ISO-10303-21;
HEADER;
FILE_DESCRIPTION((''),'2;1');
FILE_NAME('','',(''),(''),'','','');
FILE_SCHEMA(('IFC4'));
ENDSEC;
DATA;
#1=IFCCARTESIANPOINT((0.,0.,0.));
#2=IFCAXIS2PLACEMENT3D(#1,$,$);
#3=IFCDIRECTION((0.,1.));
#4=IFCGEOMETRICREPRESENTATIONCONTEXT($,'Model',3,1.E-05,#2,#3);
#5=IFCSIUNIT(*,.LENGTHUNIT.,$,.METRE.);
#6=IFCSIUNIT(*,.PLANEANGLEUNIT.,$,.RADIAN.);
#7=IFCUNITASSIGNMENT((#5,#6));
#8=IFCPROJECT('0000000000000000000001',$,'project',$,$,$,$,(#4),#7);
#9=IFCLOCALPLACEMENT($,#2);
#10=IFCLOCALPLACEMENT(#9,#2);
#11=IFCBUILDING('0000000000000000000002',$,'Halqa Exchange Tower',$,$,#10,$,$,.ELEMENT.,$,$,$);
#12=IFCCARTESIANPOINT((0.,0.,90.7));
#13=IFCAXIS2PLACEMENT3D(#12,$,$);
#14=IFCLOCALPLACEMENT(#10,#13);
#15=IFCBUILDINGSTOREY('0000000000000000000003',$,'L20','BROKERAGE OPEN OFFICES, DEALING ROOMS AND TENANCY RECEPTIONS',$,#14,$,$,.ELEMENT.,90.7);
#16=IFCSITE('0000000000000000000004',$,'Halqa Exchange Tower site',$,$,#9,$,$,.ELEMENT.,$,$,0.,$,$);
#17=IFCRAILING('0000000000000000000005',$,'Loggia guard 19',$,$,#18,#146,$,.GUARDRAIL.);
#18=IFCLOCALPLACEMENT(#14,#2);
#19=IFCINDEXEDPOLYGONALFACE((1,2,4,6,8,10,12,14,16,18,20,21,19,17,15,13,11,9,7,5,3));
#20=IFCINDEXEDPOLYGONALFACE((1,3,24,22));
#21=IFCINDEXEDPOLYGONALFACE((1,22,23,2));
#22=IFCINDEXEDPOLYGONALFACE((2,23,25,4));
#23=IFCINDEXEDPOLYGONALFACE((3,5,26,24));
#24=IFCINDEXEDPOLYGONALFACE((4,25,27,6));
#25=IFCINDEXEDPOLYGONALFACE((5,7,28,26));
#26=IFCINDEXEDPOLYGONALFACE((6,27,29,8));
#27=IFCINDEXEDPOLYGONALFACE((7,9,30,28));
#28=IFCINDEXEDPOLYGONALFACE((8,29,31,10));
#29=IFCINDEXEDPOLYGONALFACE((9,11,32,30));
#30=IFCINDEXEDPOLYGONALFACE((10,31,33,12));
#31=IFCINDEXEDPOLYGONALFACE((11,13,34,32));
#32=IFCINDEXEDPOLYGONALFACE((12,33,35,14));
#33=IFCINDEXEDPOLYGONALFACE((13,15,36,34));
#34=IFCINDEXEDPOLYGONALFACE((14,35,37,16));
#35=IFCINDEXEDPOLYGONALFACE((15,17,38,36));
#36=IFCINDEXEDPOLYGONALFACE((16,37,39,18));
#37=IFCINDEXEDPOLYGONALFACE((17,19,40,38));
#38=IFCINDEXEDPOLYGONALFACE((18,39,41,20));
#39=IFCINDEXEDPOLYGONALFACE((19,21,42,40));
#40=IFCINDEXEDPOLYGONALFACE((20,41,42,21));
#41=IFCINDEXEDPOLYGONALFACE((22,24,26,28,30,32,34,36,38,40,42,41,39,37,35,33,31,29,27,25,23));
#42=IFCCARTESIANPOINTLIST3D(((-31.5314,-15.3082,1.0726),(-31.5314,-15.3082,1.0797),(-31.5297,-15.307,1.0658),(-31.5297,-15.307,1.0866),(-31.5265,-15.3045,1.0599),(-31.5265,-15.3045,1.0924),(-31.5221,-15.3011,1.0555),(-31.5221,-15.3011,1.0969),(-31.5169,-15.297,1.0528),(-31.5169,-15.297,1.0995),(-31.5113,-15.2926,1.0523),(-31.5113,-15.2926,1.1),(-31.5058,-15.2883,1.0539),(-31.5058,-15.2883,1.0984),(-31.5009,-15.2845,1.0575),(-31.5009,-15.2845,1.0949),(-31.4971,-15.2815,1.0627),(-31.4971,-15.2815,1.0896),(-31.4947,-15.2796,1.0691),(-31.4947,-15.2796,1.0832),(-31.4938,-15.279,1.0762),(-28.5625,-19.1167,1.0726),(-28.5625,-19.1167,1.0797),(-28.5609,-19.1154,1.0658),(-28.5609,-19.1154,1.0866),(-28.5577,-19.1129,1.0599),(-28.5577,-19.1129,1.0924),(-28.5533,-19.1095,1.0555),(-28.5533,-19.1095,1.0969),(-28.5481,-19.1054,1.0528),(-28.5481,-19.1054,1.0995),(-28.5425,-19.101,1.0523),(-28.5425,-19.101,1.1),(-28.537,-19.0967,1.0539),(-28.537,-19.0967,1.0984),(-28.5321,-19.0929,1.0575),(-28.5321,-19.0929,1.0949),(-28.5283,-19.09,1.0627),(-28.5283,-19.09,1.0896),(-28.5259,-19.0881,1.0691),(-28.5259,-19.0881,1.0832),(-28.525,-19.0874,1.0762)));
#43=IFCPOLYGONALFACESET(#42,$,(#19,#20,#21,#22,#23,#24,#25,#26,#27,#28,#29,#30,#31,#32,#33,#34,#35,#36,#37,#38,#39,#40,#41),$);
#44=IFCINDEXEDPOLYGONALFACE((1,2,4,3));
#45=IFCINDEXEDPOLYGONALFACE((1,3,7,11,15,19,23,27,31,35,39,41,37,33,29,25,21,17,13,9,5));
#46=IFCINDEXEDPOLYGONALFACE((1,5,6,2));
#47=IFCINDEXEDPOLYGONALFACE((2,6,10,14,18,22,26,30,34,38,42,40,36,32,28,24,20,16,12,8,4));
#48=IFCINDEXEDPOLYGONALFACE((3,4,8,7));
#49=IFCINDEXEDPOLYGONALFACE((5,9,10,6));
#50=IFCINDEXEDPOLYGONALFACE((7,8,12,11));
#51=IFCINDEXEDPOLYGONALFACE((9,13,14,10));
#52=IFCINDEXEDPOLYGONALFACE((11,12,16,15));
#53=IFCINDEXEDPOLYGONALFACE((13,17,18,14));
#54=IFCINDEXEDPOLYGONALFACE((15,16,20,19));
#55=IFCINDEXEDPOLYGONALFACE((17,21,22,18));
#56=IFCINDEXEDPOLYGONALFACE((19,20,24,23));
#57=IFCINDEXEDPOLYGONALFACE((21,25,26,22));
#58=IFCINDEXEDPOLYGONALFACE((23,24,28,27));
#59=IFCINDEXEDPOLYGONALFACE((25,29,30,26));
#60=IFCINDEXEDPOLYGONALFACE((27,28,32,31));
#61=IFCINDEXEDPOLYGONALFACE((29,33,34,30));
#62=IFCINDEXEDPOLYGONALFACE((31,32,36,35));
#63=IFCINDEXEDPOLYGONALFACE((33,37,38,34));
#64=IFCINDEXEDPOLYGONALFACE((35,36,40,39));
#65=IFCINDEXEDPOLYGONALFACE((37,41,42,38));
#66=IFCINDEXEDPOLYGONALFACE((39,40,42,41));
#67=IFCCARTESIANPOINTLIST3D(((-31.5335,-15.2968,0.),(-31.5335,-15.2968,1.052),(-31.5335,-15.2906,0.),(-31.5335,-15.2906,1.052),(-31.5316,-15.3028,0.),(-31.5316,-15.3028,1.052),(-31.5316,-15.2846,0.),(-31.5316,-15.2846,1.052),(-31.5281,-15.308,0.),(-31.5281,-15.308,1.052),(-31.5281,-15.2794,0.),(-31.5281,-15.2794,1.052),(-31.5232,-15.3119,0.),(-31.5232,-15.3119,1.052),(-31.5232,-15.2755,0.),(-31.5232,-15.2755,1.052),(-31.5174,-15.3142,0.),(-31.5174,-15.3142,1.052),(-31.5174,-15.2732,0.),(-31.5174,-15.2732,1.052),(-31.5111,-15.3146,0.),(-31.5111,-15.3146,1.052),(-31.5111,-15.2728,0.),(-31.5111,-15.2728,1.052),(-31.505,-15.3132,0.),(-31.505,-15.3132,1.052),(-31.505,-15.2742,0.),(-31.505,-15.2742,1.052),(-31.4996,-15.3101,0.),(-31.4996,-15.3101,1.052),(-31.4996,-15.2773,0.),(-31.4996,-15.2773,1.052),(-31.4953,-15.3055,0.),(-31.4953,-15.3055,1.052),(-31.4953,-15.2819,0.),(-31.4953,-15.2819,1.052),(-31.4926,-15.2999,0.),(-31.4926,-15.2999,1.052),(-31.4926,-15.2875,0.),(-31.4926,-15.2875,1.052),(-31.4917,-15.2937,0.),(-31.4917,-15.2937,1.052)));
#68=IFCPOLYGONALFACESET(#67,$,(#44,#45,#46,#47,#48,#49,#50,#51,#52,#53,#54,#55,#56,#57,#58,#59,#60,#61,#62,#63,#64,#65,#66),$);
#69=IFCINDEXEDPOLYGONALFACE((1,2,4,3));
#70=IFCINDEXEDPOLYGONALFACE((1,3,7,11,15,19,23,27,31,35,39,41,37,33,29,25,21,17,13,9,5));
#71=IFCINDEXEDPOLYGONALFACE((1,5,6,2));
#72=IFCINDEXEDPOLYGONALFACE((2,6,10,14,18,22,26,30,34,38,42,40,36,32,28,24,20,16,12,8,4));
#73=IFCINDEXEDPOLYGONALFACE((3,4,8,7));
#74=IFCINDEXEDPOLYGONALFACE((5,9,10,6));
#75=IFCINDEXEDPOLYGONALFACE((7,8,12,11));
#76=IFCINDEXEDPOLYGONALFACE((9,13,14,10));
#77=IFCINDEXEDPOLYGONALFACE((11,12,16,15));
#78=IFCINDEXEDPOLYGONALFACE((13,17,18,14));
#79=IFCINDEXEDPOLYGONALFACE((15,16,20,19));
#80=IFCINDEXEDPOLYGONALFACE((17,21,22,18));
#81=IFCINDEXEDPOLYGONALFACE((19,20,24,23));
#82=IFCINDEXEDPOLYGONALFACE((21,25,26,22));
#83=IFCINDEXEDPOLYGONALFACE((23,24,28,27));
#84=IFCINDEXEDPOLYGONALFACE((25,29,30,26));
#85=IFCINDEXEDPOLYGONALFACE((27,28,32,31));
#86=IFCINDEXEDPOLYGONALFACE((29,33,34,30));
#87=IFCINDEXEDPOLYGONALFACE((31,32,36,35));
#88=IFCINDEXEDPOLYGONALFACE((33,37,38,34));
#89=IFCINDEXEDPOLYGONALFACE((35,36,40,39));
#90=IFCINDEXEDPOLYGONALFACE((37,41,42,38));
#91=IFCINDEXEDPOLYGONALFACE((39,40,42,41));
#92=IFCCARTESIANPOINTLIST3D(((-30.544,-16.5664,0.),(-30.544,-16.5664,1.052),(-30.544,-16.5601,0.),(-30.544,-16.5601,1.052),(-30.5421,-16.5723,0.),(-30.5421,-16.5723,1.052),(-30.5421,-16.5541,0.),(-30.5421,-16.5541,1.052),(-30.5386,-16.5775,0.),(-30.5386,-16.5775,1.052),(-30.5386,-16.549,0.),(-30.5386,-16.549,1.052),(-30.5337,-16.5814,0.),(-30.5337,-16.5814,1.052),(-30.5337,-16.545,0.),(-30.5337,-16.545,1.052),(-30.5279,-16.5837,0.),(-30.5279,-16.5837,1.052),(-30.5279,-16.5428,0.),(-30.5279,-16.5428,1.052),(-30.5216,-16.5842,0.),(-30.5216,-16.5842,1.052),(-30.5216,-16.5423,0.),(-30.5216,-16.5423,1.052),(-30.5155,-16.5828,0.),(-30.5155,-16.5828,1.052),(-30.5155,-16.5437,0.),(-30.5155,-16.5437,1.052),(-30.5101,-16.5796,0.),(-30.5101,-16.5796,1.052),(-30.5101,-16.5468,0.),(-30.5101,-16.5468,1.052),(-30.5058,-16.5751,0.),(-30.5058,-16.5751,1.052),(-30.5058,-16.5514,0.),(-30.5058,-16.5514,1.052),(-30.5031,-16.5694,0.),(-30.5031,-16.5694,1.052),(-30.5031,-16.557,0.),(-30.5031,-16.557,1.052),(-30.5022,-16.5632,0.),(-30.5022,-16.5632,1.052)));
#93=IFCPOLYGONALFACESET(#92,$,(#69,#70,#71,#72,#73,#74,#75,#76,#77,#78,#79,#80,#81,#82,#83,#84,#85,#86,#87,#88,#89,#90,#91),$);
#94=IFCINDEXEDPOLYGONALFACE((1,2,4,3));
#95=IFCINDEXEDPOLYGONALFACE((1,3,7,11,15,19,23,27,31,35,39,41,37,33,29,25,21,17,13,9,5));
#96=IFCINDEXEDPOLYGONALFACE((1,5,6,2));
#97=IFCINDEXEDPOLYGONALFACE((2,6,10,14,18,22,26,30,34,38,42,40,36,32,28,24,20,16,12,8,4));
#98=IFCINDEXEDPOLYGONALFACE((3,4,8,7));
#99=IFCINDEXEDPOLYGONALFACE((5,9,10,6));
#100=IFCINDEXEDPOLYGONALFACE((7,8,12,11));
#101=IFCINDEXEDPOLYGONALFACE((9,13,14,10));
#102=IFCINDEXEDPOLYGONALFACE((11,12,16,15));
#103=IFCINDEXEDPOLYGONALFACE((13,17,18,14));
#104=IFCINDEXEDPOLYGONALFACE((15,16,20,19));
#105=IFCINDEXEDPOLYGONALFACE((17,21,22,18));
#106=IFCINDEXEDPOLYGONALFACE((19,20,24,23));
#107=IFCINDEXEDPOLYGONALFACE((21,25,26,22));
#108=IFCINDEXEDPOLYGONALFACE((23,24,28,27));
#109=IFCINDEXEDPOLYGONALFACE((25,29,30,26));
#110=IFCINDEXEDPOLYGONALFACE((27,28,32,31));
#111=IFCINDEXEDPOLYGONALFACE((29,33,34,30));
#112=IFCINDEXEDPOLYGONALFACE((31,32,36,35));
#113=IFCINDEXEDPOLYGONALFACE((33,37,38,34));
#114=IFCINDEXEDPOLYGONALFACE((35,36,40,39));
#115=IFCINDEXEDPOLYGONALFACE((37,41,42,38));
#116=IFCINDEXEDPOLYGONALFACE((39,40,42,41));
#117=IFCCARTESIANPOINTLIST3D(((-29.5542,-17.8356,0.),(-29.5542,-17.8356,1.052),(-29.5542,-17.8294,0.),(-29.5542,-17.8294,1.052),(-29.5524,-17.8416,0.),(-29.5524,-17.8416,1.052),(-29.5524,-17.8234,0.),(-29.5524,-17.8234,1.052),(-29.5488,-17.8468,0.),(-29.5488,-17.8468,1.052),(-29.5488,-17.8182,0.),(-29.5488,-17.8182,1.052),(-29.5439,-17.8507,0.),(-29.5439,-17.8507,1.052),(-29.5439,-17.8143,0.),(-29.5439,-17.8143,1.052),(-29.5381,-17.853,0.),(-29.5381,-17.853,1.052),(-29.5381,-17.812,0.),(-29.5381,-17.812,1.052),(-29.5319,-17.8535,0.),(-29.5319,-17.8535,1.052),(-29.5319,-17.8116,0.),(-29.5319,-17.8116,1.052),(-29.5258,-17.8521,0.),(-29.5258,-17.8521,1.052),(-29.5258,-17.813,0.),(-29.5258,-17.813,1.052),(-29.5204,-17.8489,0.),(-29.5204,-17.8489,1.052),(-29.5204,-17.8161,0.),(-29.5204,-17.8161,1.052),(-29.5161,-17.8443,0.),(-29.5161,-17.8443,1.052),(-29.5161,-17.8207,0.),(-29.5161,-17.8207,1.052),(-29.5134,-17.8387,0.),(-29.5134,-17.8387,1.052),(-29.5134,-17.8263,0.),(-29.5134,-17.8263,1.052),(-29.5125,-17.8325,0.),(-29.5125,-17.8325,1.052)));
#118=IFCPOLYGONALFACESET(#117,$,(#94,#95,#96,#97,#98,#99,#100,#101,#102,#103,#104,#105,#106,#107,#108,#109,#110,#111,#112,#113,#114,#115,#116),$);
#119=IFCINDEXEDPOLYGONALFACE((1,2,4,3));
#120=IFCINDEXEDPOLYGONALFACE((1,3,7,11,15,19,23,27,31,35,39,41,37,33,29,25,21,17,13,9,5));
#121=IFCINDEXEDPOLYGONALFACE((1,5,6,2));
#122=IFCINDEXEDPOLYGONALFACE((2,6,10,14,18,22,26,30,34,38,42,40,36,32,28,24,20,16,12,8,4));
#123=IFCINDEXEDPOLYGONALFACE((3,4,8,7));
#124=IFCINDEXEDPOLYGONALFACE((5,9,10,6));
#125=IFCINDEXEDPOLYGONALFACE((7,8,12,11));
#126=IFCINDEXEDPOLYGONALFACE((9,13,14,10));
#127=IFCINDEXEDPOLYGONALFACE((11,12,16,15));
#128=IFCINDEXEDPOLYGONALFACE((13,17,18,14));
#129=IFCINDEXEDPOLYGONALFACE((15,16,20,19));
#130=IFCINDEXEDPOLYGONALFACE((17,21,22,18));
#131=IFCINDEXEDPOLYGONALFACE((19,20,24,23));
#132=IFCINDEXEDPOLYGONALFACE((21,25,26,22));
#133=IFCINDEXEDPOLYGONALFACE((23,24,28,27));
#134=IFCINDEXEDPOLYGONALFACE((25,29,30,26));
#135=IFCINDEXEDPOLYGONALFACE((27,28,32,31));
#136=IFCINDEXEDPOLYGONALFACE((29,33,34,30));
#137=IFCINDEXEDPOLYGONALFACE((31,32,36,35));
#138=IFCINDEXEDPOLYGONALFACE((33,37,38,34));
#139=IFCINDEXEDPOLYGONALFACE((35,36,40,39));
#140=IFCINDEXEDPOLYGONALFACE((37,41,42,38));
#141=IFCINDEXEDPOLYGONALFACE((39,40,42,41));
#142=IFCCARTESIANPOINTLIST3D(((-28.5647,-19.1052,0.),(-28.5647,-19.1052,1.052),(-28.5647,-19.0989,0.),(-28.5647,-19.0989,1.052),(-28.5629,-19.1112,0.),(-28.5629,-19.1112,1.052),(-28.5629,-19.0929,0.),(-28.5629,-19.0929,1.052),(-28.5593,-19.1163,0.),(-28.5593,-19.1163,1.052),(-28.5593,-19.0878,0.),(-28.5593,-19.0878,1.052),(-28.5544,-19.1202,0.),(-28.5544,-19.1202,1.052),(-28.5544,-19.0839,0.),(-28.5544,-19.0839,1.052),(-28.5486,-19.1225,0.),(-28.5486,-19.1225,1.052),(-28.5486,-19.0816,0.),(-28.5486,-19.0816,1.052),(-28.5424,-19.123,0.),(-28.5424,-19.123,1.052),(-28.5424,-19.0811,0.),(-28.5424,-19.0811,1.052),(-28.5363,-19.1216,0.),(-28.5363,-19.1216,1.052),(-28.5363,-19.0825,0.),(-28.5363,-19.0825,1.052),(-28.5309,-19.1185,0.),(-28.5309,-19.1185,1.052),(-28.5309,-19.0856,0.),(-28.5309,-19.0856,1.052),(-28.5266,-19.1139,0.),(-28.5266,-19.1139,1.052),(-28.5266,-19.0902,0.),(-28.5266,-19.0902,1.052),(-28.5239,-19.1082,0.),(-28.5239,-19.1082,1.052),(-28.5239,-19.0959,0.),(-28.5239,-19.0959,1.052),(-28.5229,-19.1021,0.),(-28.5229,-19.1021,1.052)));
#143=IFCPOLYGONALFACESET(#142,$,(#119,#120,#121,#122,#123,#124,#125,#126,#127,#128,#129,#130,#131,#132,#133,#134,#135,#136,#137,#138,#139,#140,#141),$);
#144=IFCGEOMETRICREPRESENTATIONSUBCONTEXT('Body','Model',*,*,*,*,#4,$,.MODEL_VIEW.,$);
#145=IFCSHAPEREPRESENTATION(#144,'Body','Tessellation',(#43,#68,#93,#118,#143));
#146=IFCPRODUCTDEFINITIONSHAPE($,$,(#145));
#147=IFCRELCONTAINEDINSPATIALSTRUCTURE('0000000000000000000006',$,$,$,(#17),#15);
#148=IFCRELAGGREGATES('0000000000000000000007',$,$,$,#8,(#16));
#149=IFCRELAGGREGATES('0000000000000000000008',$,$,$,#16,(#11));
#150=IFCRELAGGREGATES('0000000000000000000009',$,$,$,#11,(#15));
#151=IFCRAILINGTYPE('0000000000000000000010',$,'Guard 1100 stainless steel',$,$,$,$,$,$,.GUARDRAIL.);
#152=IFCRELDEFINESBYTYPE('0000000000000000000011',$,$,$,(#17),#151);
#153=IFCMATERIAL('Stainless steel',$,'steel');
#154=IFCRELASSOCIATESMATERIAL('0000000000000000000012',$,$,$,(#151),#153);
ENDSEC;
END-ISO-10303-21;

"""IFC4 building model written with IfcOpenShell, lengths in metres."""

from ifc_helpers import new_model, si_unit, direction, frame, origin, origin_2d, place, context, subcontext, project, spatial, circle, extrude, material, type_object, element, save


model = new_model("IFC4")

# Units and contexts
model_context = context("Model", 3, precision=1e-05, world=origin(), true_north=direction((0.0, 1.0)))
body_context = subcontext(model_context, "Body", "Model", "MODEL_VIEW")
ifc_project = project(units=[si_unit("LENGTHUNIT", "METRE"), si_unit("PLANEANGLEUNIT", "RADIAN")], contexts=[model_context])

# Site, building, storey
site_placement = place(None, origin())
site = spatial("IfcSite", under=ifc_project, at=site_placement, Name="Halqa Exchange Tower site", CompositionType="ELEMENT", RefElevation=0.0)
building_placement = place(site_placement, origin())
building = spatial("IfcBuilding", under=site, at=building_placement, Name="Halqa Exchange Tower", CompositionType="ELEMENT")
storey_placement = place(building_placement, frame((0.0, 0.0, 90.7)))
storey = spatial("IfcBuildingStorey", under=building, at=storey_placement, Name="L20", Description="BROKERAGE OPEN OFFICES, DEALING ROOMS AND TENANCY RECEPTIONS", CompositionType="ELEMENT", Elevation=90.7)

# Railing
ifc_material_1 = material(Name="Stainless steel", Category="steel")
railing_type = type_object("IfcRailingType", Name="Guard 1100 stainless steel", PredefinedType="GUARDRAIL", material=ifc_material_1)
railing_1_placement = place(storey_placement, frame((-31.5127, -15.2937, 0.0)))
element("IfcRailing", 1, at=railing_1_placement, inside=storey, type_object=railing_type, Name="Loggia guard 19", PredefinedType="GUARDRAIL", context=body_context, shape_type="SweptSolid", body=[
    extrude(circle(Radius=0.0239, at=origin_2d()), frame((0.0, 0.0, 1.0762), z_axis=(0.614805, -0.788679, 0.0), x_axis=(0.788679, 0.614805, 0.0)), (0.0, 0.0, 1.0), 4.8289),
    extrude(circle(Radius=0.021, at=origin_2d()), origin(), (0.0, 0.0, 1.0), 1.052),
    extrude(circle(Radius=0.021, at=origin_2d()), frame((0.9895, -1.2695, 0.0)), (0.0, 0.0, 1.0), 1.052),
    extrude(circle(Radius=0.021, at=origin_2d()), frame((1.9792, -2.5388, 0.0)), (0.0, 0.0, 1.0), 1.052),
    extrude(circle(Radius=0.021, at=origin_2d()), frame((2.9688, -3.8083, 0.0)), (0.0, 0.0, 1.0), 1.052),
])

save(model, "model.ifc")
